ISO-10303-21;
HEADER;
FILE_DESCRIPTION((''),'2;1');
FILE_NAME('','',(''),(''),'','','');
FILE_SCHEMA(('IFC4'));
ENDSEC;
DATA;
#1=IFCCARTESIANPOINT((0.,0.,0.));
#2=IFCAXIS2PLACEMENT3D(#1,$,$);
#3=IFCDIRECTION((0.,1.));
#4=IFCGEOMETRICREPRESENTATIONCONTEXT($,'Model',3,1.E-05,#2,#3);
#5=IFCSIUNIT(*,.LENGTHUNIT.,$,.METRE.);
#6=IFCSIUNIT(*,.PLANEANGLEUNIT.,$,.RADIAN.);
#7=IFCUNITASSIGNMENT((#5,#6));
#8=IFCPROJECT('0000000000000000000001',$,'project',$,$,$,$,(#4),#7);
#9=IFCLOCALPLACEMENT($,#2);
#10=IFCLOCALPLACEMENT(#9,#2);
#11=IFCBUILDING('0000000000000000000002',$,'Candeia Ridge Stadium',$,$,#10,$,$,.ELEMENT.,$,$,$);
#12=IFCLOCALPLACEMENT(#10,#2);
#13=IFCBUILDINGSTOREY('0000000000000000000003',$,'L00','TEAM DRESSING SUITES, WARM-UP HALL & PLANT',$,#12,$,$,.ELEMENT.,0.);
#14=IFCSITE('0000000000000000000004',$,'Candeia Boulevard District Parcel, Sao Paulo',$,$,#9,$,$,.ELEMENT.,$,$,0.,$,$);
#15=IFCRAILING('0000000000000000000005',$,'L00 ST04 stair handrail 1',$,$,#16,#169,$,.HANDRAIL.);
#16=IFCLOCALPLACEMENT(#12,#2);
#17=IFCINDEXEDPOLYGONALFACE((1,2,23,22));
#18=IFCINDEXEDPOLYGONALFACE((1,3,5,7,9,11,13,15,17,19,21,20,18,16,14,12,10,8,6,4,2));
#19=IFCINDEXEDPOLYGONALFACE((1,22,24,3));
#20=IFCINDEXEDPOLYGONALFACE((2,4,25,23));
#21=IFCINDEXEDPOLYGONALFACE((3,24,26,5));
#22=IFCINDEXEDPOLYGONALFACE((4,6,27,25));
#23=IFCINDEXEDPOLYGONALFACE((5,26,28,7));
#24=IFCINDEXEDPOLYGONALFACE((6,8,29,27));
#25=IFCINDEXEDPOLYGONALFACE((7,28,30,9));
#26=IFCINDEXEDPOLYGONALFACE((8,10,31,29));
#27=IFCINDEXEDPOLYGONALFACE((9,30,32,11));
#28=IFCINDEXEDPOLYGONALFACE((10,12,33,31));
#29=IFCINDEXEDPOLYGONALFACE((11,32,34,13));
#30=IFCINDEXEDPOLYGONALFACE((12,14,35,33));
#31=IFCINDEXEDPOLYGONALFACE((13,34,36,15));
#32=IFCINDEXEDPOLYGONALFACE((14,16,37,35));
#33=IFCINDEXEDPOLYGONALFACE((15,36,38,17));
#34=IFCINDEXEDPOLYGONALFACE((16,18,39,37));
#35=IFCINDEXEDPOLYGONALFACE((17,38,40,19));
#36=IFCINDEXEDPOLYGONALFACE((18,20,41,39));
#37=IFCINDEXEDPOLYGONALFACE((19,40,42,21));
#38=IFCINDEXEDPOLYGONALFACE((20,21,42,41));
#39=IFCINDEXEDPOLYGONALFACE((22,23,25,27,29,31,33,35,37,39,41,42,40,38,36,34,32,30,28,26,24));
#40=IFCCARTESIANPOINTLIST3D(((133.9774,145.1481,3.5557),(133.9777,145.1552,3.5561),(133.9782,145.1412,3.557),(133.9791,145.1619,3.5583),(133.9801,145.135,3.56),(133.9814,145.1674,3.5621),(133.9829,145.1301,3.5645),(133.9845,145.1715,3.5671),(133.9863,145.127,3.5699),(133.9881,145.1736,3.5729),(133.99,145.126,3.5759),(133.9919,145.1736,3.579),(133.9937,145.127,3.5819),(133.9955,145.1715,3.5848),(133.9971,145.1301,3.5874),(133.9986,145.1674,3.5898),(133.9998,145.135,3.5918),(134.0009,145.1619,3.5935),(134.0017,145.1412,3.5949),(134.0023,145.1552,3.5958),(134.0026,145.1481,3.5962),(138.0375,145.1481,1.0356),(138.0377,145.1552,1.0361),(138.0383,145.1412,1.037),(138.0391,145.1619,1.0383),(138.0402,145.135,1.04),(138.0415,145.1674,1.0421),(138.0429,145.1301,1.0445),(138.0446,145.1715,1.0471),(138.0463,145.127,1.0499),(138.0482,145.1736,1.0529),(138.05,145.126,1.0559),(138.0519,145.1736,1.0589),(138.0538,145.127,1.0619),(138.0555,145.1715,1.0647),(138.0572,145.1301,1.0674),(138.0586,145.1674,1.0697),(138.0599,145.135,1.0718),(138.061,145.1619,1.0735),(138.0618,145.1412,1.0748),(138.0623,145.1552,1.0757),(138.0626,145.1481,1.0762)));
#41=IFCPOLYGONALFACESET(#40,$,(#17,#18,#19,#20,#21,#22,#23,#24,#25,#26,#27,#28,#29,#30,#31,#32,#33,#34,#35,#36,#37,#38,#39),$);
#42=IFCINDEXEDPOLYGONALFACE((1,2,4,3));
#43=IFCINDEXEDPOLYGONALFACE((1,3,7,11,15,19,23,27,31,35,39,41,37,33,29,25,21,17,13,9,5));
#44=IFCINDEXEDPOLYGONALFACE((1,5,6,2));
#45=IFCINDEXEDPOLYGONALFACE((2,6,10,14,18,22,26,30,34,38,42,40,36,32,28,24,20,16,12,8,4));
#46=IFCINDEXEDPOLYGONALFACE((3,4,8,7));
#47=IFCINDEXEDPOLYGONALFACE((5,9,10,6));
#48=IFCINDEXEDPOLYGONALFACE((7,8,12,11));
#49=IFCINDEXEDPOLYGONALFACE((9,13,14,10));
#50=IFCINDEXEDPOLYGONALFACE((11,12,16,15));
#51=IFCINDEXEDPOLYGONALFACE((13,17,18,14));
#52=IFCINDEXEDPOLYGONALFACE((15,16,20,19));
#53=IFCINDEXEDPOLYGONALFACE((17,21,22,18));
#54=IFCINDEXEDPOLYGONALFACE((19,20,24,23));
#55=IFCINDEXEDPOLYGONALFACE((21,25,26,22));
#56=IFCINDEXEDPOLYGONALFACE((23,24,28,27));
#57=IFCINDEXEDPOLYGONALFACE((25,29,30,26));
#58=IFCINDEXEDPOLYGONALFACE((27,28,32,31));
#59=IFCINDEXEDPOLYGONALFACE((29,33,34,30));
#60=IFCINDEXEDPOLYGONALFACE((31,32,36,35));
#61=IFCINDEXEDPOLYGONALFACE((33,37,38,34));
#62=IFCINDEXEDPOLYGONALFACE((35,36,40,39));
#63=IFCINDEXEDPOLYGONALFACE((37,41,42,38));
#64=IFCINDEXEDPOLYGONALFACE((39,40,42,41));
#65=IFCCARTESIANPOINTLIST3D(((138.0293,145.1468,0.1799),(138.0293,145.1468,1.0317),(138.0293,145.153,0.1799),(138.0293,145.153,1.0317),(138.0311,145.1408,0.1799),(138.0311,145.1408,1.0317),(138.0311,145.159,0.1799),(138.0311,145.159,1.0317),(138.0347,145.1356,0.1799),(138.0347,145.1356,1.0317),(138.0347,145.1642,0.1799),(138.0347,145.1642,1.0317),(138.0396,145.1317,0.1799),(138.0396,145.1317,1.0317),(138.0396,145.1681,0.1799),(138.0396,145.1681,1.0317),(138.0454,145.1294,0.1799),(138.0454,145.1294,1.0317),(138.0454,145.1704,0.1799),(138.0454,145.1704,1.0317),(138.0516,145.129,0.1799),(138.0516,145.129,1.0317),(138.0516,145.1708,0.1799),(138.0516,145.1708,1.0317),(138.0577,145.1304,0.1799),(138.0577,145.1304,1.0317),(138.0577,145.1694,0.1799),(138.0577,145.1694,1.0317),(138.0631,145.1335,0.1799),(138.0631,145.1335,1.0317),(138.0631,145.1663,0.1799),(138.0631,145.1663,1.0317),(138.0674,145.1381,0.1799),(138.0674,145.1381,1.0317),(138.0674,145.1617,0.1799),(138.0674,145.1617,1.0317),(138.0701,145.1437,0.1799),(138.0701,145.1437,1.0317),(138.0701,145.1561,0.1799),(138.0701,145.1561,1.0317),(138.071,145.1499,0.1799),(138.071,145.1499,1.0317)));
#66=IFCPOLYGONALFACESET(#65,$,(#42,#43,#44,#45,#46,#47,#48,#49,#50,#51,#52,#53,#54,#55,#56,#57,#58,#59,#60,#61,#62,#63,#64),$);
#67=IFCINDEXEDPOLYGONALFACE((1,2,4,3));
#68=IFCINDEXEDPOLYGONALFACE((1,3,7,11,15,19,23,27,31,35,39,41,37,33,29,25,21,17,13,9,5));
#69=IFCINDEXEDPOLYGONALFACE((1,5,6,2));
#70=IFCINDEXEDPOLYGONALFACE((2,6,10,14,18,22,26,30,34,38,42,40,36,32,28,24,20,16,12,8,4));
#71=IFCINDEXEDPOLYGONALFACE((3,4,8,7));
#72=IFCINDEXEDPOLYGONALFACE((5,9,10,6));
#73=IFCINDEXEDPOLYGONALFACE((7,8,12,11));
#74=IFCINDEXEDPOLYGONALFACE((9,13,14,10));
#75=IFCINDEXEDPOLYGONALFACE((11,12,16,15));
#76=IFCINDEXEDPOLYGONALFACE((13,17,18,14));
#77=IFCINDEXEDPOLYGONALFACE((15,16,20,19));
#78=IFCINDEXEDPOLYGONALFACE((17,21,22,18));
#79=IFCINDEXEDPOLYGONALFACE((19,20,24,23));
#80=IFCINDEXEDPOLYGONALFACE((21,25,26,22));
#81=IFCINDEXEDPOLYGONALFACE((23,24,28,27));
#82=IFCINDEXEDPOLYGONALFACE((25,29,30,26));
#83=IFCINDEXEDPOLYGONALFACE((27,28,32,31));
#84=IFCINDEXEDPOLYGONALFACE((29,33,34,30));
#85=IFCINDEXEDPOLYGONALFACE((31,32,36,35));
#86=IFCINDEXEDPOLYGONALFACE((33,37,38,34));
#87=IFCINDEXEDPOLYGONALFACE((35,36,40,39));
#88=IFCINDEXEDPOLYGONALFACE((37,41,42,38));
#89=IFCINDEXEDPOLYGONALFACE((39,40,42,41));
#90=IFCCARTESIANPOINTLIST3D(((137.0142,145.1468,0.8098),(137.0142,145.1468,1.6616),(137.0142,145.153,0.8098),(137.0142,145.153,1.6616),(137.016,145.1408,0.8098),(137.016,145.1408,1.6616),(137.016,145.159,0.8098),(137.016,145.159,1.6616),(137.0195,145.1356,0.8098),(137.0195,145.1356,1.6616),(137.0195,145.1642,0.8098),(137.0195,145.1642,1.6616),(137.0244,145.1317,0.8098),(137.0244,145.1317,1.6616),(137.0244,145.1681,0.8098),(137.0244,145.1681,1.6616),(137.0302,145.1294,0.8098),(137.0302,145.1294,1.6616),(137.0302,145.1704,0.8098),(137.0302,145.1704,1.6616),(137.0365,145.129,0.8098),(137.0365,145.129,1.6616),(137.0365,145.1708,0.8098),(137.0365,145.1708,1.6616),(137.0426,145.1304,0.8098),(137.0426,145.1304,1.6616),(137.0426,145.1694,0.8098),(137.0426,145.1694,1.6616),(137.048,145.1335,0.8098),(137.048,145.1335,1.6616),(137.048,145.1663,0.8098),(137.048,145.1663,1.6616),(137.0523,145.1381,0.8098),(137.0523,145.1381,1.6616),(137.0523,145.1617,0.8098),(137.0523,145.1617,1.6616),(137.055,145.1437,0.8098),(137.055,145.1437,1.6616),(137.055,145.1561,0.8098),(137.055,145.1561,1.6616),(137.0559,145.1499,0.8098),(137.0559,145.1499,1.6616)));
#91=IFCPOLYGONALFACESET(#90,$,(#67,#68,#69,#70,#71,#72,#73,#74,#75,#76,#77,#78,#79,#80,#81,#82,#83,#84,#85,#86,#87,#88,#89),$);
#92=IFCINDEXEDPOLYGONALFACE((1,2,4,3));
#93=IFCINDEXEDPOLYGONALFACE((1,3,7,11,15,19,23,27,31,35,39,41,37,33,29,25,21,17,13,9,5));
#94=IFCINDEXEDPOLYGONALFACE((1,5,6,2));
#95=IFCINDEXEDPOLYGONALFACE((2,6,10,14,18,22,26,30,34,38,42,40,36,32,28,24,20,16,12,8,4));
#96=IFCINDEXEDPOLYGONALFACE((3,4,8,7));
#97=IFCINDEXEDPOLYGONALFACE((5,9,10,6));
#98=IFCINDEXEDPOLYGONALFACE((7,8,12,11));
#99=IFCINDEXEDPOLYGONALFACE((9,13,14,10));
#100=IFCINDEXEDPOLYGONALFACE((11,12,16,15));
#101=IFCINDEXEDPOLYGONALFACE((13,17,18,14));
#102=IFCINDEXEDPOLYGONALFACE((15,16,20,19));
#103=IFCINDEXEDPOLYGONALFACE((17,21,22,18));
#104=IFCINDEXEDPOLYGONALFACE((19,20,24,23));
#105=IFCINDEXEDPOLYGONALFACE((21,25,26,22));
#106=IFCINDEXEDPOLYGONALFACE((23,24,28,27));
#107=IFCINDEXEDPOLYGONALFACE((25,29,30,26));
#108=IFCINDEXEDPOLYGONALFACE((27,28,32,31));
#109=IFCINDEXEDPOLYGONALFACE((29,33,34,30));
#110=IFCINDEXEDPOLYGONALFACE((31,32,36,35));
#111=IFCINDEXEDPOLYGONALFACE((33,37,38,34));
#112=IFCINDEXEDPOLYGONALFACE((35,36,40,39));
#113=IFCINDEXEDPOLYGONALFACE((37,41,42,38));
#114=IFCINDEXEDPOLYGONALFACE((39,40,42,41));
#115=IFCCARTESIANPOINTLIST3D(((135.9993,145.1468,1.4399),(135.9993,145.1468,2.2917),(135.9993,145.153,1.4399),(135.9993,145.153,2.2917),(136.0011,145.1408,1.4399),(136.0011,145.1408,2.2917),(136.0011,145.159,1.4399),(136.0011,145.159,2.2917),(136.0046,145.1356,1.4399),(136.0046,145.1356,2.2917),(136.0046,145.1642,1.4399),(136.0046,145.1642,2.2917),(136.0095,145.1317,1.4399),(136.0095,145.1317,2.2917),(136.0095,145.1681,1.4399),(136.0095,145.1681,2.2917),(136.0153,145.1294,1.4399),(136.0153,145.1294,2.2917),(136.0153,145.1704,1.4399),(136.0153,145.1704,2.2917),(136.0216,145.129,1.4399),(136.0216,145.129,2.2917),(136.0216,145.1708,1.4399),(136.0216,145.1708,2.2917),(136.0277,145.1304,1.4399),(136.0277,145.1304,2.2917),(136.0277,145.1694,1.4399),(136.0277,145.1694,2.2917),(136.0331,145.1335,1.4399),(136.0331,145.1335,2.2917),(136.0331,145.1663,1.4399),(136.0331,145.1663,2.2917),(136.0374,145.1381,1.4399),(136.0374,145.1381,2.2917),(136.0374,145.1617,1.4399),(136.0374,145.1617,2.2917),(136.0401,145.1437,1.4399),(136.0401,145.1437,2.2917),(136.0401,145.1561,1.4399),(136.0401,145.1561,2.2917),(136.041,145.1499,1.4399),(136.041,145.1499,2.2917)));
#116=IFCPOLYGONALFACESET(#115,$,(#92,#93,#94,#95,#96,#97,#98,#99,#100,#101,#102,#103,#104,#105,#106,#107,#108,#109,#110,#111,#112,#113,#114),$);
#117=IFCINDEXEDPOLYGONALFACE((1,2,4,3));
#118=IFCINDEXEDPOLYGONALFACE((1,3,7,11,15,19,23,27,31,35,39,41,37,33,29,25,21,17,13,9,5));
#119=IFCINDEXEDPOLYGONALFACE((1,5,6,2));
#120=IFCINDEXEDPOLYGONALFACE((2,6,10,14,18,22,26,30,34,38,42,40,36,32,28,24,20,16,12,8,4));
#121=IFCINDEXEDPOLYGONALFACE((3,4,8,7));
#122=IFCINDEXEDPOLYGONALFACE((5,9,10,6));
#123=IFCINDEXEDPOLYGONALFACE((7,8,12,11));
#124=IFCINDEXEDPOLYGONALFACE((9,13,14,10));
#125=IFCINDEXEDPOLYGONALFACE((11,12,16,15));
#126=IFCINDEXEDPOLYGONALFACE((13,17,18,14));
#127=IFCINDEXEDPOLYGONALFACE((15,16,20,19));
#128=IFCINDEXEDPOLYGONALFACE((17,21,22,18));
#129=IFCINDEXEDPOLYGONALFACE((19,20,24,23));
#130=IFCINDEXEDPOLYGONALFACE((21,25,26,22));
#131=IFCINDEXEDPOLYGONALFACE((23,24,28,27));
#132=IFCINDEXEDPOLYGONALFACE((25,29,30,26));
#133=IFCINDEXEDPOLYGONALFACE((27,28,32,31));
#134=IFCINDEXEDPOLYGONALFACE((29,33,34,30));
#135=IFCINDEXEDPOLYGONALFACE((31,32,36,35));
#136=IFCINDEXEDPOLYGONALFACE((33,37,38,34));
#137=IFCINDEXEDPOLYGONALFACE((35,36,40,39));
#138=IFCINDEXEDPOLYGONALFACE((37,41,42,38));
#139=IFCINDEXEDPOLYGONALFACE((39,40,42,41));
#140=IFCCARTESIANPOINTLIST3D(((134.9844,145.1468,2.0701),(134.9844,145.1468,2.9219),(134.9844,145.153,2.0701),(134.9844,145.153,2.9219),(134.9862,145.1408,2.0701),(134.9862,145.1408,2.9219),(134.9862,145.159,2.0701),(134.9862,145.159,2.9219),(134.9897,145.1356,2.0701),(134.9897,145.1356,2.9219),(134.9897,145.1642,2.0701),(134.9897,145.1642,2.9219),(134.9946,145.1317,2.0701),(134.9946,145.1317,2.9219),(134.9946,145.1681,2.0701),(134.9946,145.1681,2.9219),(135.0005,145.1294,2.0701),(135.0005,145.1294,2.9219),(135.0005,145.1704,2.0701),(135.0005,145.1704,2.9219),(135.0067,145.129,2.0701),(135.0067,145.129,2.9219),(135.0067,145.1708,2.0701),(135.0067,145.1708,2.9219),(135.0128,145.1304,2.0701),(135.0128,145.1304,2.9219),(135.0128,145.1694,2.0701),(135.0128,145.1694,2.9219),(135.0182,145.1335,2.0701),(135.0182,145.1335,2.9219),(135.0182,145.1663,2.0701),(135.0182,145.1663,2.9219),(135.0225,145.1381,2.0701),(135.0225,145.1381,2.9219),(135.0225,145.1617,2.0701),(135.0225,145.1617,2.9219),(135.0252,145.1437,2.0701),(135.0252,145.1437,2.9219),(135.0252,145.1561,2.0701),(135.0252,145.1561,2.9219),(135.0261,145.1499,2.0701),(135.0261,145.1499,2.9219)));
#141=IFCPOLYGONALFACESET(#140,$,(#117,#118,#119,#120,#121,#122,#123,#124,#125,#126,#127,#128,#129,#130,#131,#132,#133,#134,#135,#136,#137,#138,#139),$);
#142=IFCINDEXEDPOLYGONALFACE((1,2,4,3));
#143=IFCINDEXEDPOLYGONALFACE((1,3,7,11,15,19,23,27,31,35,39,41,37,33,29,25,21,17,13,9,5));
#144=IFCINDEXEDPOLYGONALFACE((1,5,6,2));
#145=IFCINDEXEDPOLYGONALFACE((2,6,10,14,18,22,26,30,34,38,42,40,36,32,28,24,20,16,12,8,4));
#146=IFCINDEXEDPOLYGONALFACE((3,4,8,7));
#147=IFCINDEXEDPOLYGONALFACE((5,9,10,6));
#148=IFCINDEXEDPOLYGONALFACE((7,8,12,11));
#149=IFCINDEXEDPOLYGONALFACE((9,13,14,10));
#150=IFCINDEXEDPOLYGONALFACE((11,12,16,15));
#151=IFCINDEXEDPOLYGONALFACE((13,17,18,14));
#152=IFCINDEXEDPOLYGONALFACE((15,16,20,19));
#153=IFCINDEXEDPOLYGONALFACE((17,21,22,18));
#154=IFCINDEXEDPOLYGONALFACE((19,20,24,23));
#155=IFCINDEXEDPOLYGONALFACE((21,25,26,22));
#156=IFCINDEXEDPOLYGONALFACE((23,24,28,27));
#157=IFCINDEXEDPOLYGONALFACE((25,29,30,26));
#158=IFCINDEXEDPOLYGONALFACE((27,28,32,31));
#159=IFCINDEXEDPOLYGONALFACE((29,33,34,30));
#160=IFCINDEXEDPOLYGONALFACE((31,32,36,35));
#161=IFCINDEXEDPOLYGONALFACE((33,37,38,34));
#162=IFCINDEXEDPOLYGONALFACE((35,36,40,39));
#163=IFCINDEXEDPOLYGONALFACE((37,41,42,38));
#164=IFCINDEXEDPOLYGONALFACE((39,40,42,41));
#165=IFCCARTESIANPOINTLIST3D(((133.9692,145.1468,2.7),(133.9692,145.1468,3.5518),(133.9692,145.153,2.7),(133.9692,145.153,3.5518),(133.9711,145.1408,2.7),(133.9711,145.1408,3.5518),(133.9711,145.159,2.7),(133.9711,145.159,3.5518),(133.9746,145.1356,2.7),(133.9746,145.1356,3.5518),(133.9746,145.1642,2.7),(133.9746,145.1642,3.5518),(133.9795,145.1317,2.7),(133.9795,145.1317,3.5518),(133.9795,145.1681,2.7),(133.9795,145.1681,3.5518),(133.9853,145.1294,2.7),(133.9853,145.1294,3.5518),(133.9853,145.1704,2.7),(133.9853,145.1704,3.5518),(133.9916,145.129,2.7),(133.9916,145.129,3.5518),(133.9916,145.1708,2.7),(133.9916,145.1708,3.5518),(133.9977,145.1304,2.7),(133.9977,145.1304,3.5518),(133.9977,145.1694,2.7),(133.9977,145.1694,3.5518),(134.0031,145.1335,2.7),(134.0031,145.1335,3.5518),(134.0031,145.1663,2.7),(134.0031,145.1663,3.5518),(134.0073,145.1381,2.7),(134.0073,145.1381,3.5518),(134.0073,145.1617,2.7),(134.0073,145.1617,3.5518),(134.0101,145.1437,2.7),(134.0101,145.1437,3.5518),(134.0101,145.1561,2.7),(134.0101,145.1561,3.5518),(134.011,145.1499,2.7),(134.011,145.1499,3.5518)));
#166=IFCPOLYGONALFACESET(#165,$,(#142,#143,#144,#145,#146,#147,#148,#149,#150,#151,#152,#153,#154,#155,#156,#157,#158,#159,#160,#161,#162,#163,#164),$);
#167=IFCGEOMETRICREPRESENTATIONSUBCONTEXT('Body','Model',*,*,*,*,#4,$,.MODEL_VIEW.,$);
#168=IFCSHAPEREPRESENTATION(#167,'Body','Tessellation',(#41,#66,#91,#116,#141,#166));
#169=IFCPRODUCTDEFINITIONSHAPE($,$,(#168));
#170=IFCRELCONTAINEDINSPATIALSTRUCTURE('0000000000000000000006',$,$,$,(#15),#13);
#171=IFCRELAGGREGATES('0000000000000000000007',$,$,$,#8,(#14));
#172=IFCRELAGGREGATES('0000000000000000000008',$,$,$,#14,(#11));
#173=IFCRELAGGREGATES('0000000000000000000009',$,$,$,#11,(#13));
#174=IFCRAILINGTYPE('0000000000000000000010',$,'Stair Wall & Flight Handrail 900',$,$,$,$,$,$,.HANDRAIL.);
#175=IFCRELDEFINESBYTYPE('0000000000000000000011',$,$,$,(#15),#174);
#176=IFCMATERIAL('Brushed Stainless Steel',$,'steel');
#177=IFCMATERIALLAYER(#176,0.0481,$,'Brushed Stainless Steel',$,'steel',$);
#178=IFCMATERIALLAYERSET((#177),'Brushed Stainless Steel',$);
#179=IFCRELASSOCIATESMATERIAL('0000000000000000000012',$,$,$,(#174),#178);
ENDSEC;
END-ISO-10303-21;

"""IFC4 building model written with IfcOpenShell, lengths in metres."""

from ifc_helpers import new_model, si_unit, direction, frame, origin, origin_2d, place, context, subcontext, project, spatial, circle, extrude, material, layer, layer_set, type_object, element, save


model = new_model("IFC4")

# Units and contexts
model_context = context("Model", 3, precision=1e-05, world=origin(), true_north=direction((0.0, 1.0)))
body_context = subcontext(model_context, "Body", "Model", "MODEL_VIEW")
ifc_project = project(units=[si_unit("LENGTHUNIT", "METRE"), si_unit("PLANEANGLEUNIT", "RADIAN")], contexts=[model_context])

# Site, building, storey
site_placement = place(None, origin())
site = spatial("IfcSite", under=ifc_project, at=site_placement, Name="Candeia Boulevard District Parcel, Sao Paulo", CompositionType="ELEMENT", RefElevation=0.0)
building_placement = place(site_placement, origin())
building = spatial("IfcBuilding", under=site, at=building_placement, Name="Candeia Ridge Stadium", CompositionType="ELEMENT")
storey_placement = place(building_placement, origin())
storey = spatial("IfcBuildingStorey", under=building, at=storey_placement, Name="L00", Description="TEAM DRESSING SUITES, WARM-UP HALL & PLANT", CompositionType="ELEMENT", Elevation=0.0)

# Railing
ifc_material_1 = material(Name="Brushed Stainless Steel", Category="steel")
ifc_layer_1 = layer(ifc_material_1, 0.0481, Name="Brushed Stainless Steel", Category="steel")
ifc_layer_set_1 = layer_set([ifc_layer_1], Name="Brushed Stainless Steel")
railing_type_1 = type_object("IfcRailingType", Name="Stair Wall & Flight Handrail 900", PredefinedType="HANDRAIL", material=ifc_layer_set_1)
railing_1_placement = place(storey_placement, frame((138.05, 145.1499, 0.1799)))
element("IfcRailing", 1, at=railing_1_placement, inside=storey, type_object=railing_type_1, Name="L00 ST04 stair handrail 1", PredefinedType="HANDRAIL", context=body_context, shape_type="SweptSolid", body=[
    extrude(circle(Radius=0.0239, at=origin_2d()), frame((0.0, 0.0, 0.876), z_axis=(-0.849642, 0.0, 0.52736), x_axis=(0.0, -1.0, 0.0)), (0.0, 0.0, 1.0), 4.7786),
    extrude(circle(Radius=0.021, at=origin_2d()), origin(), (0.0, 0.0, 1.0), 0.8518),
    extrude(circle(Radius=0.021, at=origin_2d()), frame((-1.0151, 0.0, 0.6299)), (0.0, 0.0, 1.0), 0.8518),
    extrude(circle(Radius=0.021, at=origin_2d()), frame((-2.03, 0.0, 1.26)), (0.0, 0.0, 1.0), 0.8518),
    extrude(circle(Radius=0.021, at=origin_2d()), frame((-3.0449, 0.0, 1.8901)), (0.0, 0.0, 1.0), 0.8518),
    extrude(circle(Radius=0.021, at=origin_2d()), frame((-4.0601, 0.0, 2.52)), (0.0, 0.0, 1.0), 0.8518),
])

save(model, "model.ifc")
